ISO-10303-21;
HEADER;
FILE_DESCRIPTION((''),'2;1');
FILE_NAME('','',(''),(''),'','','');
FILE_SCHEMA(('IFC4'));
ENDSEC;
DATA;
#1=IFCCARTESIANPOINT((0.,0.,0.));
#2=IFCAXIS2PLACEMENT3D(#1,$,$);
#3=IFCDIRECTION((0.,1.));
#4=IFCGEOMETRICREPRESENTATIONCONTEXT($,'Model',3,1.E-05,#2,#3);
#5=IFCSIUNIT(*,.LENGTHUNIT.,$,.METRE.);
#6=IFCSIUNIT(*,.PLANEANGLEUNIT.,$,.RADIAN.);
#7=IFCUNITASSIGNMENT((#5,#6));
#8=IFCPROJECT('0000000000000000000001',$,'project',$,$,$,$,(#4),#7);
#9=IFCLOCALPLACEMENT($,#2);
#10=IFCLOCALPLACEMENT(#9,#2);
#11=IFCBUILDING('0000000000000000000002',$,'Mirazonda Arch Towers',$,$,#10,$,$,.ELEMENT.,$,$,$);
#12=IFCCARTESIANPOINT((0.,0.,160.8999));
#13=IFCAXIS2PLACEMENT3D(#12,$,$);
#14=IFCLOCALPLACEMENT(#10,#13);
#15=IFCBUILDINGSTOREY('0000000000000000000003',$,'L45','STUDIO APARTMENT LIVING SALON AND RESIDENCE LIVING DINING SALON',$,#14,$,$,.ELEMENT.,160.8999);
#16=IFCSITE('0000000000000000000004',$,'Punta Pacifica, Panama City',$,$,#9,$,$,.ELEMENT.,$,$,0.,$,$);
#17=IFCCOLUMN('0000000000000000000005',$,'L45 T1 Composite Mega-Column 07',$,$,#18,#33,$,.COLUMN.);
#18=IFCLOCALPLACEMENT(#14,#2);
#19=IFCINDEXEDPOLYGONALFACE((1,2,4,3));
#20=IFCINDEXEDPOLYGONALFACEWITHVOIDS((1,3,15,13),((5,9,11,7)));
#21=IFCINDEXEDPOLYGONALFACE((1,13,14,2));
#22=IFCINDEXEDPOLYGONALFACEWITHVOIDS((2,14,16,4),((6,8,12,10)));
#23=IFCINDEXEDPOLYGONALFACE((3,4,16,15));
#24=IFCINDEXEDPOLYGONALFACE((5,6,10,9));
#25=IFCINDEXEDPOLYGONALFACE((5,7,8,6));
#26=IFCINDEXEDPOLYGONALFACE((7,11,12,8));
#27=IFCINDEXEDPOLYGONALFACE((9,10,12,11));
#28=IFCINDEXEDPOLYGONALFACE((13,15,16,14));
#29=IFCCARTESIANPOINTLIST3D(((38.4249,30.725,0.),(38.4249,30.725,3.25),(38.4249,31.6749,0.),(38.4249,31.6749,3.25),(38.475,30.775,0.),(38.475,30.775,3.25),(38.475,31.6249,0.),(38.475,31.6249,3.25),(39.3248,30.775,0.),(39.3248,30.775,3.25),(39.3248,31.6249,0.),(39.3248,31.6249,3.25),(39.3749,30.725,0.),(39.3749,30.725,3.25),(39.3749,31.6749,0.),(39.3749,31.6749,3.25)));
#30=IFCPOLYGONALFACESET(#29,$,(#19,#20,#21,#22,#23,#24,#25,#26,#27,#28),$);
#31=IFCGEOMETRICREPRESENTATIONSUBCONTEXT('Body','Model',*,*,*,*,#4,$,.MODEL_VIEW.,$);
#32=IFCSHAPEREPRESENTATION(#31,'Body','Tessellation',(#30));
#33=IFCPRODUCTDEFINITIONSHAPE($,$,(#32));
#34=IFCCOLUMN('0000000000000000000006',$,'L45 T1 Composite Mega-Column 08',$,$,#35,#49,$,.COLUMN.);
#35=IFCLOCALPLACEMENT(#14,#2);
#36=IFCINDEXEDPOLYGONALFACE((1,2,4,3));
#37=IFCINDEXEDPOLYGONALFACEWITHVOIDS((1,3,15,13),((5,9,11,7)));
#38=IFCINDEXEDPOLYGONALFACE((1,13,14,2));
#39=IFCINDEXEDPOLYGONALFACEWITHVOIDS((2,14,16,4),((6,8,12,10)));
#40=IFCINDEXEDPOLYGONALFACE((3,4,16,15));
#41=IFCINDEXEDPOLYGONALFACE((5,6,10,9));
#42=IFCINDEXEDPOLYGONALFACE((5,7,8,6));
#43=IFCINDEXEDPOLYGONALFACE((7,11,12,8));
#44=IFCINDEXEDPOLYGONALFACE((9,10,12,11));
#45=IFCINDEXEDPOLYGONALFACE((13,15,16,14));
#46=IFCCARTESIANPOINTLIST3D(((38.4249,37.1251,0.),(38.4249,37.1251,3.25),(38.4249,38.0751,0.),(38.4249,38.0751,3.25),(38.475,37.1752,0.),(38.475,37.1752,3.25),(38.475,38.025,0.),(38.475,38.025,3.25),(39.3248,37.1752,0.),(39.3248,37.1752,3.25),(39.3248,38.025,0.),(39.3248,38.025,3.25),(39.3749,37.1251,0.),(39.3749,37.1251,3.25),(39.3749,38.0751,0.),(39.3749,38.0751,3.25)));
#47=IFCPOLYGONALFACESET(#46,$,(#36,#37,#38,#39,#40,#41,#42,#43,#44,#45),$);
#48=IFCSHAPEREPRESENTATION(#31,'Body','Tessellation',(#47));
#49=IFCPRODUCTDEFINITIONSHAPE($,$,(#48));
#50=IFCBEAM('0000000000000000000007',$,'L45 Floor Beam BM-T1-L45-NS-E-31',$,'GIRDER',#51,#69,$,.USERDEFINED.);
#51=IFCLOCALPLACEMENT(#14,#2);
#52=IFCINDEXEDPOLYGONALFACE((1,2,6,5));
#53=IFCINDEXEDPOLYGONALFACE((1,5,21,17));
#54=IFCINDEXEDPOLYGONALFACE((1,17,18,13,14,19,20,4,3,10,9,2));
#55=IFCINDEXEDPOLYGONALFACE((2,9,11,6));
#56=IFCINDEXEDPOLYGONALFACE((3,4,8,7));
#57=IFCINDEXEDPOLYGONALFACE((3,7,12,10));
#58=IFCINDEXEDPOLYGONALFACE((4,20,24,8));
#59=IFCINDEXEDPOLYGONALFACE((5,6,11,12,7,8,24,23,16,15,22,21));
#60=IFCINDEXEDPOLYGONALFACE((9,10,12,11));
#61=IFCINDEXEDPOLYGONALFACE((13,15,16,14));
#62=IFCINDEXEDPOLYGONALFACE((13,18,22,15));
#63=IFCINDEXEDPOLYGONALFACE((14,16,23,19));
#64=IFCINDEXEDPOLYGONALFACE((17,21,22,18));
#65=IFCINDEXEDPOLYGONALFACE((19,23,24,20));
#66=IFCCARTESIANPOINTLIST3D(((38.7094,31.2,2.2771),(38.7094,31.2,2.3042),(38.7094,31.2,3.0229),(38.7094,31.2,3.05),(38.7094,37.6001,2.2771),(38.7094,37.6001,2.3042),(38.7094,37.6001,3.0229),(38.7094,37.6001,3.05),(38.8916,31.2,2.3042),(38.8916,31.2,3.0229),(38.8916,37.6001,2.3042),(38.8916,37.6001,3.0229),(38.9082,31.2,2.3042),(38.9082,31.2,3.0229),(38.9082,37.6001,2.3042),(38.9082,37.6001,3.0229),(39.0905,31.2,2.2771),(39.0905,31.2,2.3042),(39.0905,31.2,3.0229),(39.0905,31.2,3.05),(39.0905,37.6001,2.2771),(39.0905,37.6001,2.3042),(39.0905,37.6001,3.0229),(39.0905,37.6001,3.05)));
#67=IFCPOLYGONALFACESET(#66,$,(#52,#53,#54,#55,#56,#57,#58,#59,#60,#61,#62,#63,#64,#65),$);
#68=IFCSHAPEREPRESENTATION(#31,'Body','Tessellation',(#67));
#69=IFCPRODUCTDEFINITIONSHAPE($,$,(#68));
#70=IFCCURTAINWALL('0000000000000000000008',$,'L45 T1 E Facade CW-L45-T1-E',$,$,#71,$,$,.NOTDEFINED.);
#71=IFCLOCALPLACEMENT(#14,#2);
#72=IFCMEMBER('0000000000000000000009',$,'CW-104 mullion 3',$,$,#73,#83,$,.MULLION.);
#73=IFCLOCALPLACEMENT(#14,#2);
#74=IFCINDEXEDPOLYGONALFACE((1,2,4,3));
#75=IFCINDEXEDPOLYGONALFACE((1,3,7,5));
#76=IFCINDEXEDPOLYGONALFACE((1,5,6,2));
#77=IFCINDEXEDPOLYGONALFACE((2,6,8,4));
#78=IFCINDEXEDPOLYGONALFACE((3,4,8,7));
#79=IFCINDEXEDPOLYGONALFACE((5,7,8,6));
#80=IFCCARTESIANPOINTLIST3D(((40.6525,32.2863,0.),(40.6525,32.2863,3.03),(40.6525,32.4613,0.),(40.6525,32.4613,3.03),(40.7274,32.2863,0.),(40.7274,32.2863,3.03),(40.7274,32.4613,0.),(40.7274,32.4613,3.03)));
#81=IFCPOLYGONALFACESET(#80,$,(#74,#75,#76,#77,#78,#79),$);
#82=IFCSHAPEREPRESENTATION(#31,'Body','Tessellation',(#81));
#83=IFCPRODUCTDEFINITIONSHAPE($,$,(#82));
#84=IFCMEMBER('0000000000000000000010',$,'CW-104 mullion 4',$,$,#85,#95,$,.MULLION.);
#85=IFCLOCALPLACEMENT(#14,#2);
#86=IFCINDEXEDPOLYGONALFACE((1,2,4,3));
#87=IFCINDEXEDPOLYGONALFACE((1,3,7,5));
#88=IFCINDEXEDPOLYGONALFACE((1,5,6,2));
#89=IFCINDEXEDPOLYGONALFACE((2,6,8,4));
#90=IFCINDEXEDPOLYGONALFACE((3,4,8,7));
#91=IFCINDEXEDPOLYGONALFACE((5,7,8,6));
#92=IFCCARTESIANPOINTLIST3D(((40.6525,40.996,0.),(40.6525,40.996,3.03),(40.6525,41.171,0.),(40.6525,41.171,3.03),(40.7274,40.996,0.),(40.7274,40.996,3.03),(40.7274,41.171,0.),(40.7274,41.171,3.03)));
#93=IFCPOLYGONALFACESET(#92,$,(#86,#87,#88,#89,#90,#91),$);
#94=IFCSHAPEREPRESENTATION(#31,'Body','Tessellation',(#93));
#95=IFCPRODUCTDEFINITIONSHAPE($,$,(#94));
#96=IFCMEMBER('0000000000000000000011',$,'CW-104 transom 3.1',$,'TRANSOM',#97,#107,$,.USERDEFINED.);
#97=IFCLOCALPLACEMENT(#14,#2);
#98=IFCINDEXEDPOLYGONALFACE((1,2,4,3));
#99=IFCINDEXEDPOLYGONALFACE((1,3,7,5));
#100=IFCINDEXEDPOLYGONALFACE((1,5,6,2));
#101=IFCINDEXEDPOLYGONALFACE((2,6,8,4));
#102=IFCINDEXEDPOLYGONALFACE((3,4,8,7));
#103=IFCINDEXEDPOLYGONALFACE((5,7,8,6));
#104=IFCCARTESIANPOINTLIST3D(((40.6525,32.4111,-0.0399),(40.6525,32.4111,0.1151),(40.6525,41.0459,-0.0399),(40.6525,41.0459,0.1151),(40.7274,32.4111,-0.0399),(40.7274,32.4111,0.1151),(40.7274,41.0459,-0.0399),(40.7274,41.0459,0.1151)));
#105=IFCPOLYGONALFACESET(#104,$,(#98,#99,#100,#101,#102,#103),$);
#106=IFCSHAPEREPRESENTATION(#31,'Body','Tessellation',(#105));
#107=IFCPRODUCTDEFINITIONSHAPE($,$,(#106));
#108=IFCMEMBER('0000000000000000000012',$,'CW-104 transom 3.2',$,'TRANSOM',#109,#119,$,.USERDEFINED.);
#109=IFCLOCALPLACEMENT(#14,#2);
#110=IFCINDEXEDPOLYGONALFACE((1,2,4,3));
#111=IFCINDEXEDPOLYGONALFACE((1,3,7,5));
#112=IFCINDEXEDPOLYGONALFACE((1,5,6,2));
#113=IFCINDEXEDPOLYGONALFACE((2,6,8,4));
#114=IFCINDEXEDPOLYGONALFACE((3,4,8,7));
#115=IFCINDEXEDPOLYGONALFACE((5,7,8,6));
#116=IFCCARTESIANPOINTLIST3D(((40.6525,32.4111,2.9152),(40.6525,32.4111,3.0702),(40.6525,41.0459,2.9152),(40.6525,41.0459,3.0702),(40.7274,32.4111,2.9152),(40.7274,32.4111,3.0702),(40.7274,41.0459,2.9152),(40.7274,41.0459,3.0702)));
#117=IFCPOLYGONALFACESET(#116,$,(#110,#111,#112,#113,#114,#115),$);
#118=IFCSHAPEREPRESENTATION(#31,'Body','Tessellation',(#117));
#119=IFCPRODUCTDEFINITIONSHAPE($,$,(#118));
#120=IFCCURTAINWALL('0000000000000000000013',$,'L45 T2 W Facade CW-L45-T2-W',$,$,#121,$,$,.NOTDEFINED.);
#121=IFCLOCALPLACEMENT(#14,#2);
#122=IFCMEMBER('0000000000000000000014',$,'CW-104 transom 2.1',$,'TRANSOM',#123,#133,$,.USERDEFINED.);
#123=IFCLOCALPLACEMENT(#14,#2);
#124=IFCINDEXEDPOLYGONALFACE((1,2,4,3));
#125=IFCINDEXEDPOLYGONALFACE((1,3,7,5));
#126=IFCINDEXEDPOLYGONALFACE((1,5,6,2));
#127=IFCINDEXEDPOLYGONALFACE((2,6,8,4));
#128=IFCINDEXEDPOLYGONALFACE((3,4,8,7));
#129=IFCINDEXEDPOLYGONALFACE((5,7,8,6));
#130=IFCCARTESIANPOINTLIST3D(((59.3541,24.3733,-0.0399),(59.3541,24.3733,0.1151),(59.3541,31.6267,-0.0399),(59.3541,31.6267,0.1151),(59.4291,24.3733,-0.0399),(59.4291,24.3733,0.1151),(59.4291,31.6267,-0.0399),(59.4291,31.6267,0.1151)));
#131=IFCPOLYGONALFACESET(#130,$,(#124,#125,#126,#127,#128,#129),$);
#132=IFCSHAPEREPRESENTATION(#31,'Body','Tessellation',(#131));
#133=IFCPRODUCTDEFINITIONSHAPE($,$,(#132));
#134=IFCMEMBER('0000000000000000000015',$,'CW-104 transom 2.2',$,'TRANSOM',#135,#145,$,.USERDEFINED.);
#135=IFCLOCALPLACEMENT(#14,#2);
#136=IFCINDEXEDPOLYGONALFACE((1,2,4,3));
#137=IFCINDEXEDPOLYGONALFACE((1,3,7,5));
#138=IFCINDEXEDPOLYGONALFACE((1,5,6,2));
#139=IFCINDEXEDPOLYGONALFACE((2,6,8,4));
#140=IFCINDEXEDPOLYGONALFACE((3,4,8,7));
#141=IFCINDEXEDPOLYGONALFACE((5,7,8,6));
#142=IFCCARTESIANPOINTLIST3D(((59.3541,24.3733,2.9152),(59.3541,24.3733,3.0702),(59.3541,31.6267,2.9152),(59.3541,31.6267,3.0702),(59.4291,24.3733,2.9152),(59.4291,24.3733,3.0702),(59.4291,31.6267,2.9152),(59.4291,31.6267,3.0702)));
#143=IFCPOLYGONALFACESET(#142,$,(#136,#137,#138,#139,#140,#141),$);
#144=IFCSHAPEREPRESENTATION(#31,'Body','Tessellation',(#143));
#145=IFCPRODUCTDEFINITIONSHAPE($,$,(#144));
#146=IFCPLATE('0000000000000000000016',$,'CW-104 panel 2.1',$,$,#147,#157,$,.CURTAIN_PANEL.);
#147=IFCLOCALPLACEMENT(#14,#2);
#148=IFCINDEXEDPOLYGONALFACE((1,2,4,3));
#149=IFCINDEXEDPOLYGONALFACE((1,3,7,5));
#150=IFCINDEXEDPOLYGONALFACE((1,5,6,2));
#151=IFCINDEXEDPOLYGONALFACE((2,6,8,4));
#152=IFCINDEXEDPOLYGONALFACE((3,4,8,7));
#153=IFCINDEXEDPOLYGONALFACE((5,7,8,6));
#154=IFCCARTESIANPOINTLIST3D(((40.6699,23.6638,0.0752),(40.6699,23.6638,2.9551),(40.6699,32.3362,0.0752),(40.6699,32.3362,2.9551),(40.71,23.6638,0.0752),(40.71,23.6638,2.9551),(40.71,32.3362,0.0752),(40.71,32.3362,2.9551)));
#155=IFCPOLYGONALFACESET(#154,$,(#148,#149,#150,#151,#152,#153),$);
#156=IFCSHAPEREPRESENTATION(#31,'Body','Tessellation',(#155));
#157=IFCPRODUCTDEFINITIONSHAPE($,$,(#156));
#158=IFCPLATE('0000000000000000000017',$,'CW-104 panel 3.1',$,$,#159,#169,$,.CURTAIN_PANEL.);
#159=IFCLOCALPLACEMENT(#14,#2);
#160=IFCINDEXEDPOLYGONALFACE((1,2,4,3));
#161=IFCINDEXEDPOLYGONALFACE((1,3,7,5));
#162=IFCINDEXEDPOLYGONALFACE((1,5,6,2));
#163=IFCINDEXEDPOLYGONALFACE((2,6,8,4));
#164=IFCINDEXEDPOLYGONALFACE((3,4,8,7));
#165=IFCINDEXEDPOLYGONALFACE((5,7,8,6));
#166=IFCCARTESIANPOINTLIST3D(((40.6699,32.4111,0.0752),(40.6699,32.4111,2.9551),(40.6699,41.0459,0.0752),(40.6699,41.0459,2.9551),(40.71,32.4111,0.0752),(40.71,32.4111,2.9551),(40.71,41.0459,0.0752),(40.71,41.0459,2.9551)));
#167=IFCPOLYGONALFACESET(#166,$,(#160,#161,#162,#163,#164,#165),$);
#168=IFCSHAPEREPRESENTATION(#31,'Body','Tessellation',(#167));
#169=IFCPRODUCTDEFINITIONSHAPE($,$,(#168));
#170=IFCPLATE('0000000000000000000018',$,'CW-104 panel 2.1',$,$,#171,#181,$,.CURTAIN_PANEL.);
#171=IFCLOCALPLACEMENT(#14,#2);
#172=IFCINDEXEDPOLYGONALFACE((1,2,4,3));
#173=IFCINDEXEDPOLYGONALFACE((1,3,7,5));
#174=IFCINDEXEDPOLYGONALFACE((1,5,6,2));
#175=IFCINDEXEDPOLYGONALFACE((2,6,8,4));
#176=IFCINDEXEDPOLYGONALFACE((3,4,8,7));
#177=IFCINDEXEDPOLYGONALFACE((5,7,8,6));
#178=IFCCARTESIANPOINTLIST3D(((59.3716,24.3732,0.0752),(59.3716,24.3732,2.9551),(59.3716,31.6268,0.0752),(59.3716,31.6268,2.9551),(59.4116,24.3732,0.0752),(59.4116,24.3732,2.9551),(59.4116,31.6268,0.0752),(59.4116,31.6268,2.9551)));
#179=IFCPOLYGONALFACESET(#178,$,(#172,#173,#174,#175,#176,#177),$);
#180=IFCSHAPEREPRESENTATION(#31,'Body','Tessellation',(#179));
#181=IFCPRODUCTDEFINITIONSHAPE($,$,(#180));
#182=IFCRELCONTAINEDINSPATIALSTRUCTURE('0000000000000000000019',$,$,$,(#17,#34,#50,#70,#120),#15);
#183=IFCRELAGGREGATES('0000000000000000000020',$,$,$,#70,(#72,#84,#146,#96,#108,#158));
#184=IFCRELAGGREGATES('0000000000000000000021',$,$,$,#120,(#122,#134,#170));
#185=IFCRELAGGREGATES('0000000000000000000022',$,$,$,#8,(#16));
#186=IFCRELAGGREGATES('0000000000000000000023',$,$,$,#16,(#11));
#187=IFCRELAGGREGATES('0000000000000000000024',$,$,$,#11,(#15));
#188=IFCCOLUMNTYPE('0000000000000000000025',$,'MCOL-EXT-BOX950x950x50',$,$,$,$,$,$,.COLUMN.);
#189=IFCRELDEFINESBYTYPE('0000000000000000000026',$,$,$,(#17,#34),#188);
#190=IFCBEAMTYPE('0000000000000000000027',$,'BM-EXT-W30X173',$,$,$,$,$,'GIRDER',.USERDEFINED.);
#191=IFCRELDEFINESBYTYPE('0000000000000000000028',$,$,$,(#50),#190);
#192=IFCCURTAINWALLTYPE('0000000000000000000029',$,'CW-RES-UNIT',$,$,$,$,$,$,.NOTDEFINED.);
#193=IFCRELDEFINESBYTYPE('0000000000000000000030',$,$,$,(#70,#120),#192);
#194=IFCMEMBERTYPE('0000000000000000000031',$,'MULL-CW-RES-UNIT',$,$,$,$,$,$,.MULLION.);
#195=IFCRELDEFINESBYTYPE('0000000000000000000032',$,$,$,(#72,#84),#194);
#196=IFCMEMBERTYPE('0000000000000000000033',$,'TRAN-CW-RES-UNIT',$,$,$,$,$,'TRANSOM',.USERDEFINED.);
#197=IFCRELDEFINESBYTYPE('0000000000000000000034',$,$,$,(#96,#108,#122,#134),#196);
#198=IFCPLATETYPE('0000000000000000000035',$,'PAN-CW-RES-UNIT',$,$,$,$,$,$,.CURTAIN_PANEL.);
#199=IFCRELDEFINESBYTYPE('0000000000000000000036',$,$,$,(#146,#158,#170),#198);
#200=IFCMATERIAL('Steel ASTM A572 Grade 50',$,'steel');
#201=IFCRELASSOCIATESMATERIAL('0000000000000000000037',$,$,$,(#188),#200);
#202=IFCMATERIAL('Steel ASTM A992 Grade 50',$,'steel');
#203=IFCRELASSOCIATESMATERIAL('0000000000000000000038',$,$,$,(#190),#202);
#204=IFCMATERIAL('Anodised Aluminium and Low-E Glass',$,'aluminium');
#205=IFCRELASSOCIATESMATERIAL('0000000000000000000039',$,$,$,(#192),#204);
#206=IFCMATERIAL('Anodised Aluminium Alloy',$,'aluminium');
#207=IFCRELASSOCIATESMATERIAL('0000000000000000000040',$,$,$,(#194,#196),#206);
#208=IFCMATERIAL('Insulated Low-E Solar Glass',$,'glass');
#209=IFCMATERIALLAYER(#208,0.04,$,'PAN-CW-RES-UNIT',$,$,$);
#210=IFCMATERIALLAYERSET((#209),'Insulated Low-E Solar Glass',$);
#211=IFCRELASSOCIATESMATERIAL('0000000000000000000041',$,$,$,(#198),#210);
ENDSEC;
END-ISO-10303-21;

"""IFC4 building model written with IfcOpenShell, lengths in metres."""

from ifc_helpers import new_model, si_unit, direction, frame, origin, origin_2d, place, context, subcontext, project, spatial, rectangle, hollow_rectangle, i_section, extrude, material, layer, layer_set, material_profile, profile_set, type_object, element, aggregate, save


model = new_model("IFC4")

# Units and contexts
model_context = context("Model", 3, precision=1e-05, world=origin(), true_north=direction((0.0, 1.0)))
body_context = subcontext(model_context, "Body", "Model", "MODEL_VIEW")
ifc_project = project(units=[si_unit("LENGTHUNIT", "METRE"), si_unit("PLANEANGLEUNIT", "RADIAN")], contexts=[model_context])

# Site, building, storey
site_placement = place(None, origin())
site = spatial("IfcSite", under=ifc_project, at=site_placement, Name="Punta Pacifica, Panama City", CompositionType="ELEMENT", RefElevation=0.0)
building_placement = place(site_placement, origin())
building = spatial("IfcBuilding", under=site, at=building_placement, Name="Mirazonda Arch Towers", CompositionType="ELEMENT")
storey_placement = place(building_placement, frame((0.0, 0.0, 160.8999)))
storey = spatial("IfcBuildingStorey", under=building, at=storey_placement, Name="L45", Description="STUDIO APARTMENT LIVING SALON AND RESIDENCE LIVING DINING SALON", CompositionType="ELEMENT", Elevation=160.8999)

# Columns
ifc_material_1 = material(Name="Steel ASTM A572 Grade 50", Category="steel")
ifc_material_profile_1 = material_profile(ifc_material_1, hollow_rectangle(XDim=0.95, YDim=0.95, WallThickness=0.05, at=origin_2d()), Name="BOX950x950x50")
ifc_profile_set_1 = profile_set([ifc_material_profile_1], Name="Steel ASTM A572 Grade 50")
column_type = type_object("IfcColumnType", Name="MCOL-EXT-BOX950x950x50", PredefinedType="COLUMN", material=ifc_profile_set_1)
for number, where, z_axis, x_axis, name in (
    (1, (38.8999, 31.2, 0.0), (0.0, 0.0, 1.0), (1.0, 0.0, 0.0), "L45 T1 Composite Mega-Column 07"),
    (2, (38.8999, 37.6001, 0.0), (0.0, 0.0, 1.0), (1.0, 0.0, 0.0), "L45 T1 Composite Mega-Column 08"),
):
    element("IfcColumn", number, at=place(storey_placement, frame(where, z_axis=z_axis, x_axis=x_axis)), inside=storey, type_object=column_type, Name=name, PredefinedType="COLUMN", context=body_context, shape_type="SweptSolid", body=[
        extrude(hollow_rectangle(XDim=0.95, YDim=0.95, WallThickness=0.05, at=origin_2d()), origin(), (0.0, 0.0, 1.0), 3.25),
    ])

# Beam
ifc_material_2 = material(Name="Steel ASTM A992 Grade 50", Category="steel")
ifc_material_profile_2 = material_profile(ifc_material_2, i_section(OverallWidth=0.3811, OverallDepth=0.7729, WebThickness=0.0166, FlangeThickness=0.0271, at=origin_2d()), Name="W30X173")
ifc_profile_set_2 = profile_set([ifc_material_profile_2], Name="Steel ASTM A992 Grade 50")
beam_type = type_object("IfcBeamType", Name="BM-EXT-W30X173", ElementType="GIRDER", PredefinedType="USERDEFINED", material=ifc_profile_set_2)
beam_placement = place(storey_placement, frame((38.8999, 31.2, 2.6636), z_axis=(0.0, 1.0, 0.0), x_axis=(-1.0, 0.0, 0.0)))
element("IfcBeam", 3, at=beam_placement, inside=storey, type_object=beam_type, Name="L45 Floor Beam BM-T1-L45-NS-E-31", ObjectType="GIRDER", PredefinedType="USERDEFINED", context=body_context, shape_type="SweptSolid", body=[
    extrude(i_section(OverallWidth=0.3811, OverallDepth=0.7729, WebThickness=0.0166, FlangeThickness=0.0271, at=origin_2d()), origin(), (0.0, 0.0, 1.0), 6.4001),
])

# Curtain walls, members
ifc_material_3 = material(Name="Anodised Aluminium and Low-E Glass", Category="aluminium")
curtain_wall_type = type_object("IfcCurtainWallType", Name="CW-RES-UNIT", PredefinedType="NOTDEFINED", material=ifc_material_3)
curtain_wall_1_placement = place(storey_placement, origin())
curtain_wall_1 = element("IfcCurtainWall", 4, at=curtain_wall_1_placement, inside=storey, type_object=curtain_wall_type, Name="L45 T1 E Facade CW-L45-T1-E", PredefinedType="NOTDEFINED")
ifc_material_4 = material(Name="Anodised Aluminium Alloy", Category="aluminium")
ifc_material_profile_3 = material_profile(ifc_material_4, rectangle(XDim=0.075, YDim=0.175, at=origin_2d()), Name="ALU-MULL-75x175")
ifc_profile_set_3 = profile_set([ifc_material_profile_3], Name="Anodised Aluminium Alloy")
member_type_1 = type_object("IfcMemberType", Name="MULL-CW-RES-UNIT", PredefinedType="MULLION", material=ifc_profile_set_3)
member_1_placement = place(storey_placement, frame((40.6899, 32.3738, 0.0), z_axis=(0.0, 0.0, 1.0), x_axis=(-1.0, 0.0, 0.0)))
member_1 = element("IfcMember", 5, at=member_1_placement, type_object=member_type_1, Name="CW-104 mullion 3", PredefinedType="MULLION", context=body_context, shape_type="SweptSolid", body=[
    extrude(rectangle(XDim=0.075, YDim=0.175, at=origin_2d()), origin(), (0.0, 0.0, 1.0), 3.03),
])
member_2_placement = place(storey_placement, frame((40.6899, 41.0835, 0.0), z_axis=(0.0, 0.0, 1.0), x_axis=(-1.0, 0.0, 0.0)))
member_2 = element("IfcMember", 6, at=member_2_placement, type_object=member_type_1, Name="CW-104 mullion 4", PredefinedType="MULLION", context=body_context, shape_type="SweptSolid", body=[
    extrude(rectangle(XDim=0.075, YDim=0.175, at=origin_2d()), origin(), (0.0, 0.0, 1.0), 3.03),
])
ifc_material_profile_4 = material_profile(ifc_material_4, rectangle(XDim=0.075, YDim=0.155, at=origin_2d()), Name="ALU-TRAN-75x155")
ifc_profile_set_4 = profile_set([ifc_material_profile_4], Name="Anodised Aluminium Alloy")
member_type_2 = type_object("IfcMemberType", Name="TRAN-CW-RES-UNIT", ElementType="TRANSOM", PredefinedType="USERDEFINED", material=ifc_profile_set_4)
member_3_placement = place(storey_placement, frame((40.6899, 32.4111, 0.0376), z_axis=(0.0, 1.0, 0.0), x_axis=(-1.0, 0.0, 0.0)))
member_3 = element("IfcMember", 7, at=member_3_placement, type_object=member_type_2, Name="CW-104 transom 3.1", ObjectType="TRANSOM", PredefinedType="USERDEFINED", context=body_context, shape_type="SweptSolid", body=[
    extrude(rectangle(XDim=0.075, YDim=0.155, at=origin_2d()), origin(), (0.0, 0.0, 1.0), 8.6348),
])
member_4_placement = place(storey_placement, frame((40.6899, 32.4111, 2.9927), z_axis=(0.0, 1.0, 0.0), x_axis=(-1.0, 0.0, 0.0)))
member_4 = element("IfcMember", 8, at=member_4_placement, type_object=member_type_2, Name="CW-104 transom 3.2", ObjectType="TRANSOM", PredefinedType="USERDEFINED", context=body_context, shape_type="SweptSolid", body=[
    extrude(rectangle(XDim=0.075, YDim=0.155, at=origin_2d()), origin(), (0.0, 0.0, 1.0), 8.6348),
])
curtain_wall_2_placement = place(storey_placement, origin())
curtain_wall_2 = element("IfcCurtainWall", 9, at=curtain_wall_2_placement, inside=storey, type_object=curtain_wall_type, Name="L45 T2 W Facade CW-L45-T2-W", PredefinedType="NOTDEFINED")
member_5_placement = place(storey_placement, frame((59.3916, 31.6267, 0.0376), z_axis=(0.0, -1.0, 0.0), x_axis=(1.0, 0.0, 0.0)))
member_5 = element("IfcMember", 10, at=member_5_placement, type_object=member_type_2, Name="CW-104 transom 2.1", ObjectType="TRANSOM", PredefinedType="USERDEFINED", context=body_context, shape_type="SweptSolid", body=[
    extrude(rectangle(XDim=0.075, YDim=0.155, at=origin_2d()), origin(), (0.0, 0.0, 1.0), 7.2534),
])
member_6_placement = place(storey_placement, frame((59.3916, 31.6267, 2.9927), z_axis=(0.0, -1.0, 0.0), x_axis=(1.0, 0.0, 0.0)))
member_6 = element("IfcMember", 11, at=member_6_placement, type_object=member_type_2, Name="CW-104 transom 2.2", ObjectType="TRANSOM", PredefinedType="USERDEFINED", context=body_context, shape_type="SweptSolid", body=[
    extrude(rectangle(XDim=0.075, YDim=0.155, at=origin_2d()), origin(), (0.0, 0.0, 1.0), 7.2534),
])

# Plates
ifc_material_5 = material(Name="Insulated Low-E Solar Glass", Category="glass")
ifc_layer_1 = layer(ifc_material_5, 0.04, Name="PAN-CW-RES-UNIT")
ifc_layer_set_1 = layer_set([ifc_layer_1], Name="Insulated Low-E Solar Glass")
plate_type = type_object("IfcPlateType", Name="PAN-CW-RES-UNIT", PredefinedType="CURTAIN_PANEL", material=ifc_layer_set_1)
plate_1_placement = place(storey_placement, frame((40.6899, 28.0, 0.0752), z_axis=(0.0, 0.0, 1.0), x_axis=(0.0, 1.0, 0.0)))
plate_1 = element("IfcPlate", 12, at=plate_1_placement, type_object=plate_type, Name="CW-104 panel 2.1", PredefinedType="CURTAIN_PANEL", context=body_context, shape_type="SweptSolid", body=[
    extrude(rectangle(XDim=8.6724, YDim=0.04, at=origin_2d()), origin(), (0.0, 0.0, 1.0), 2.8799),
])
plate_2_placement = place(storey_placement, frame((40.6899, 36.7285, 0.0752), z_axis=(0.0, 0.0, 1.0), x_axis=(0.0, 1.0, 0.0)))
plate_2 = element("IfcPlate", 13, at=plate_2_placement, type_object=plate_type, Name="CW-104 panel 3.1", PredefinedType="CURTAIN_PANEL", context=body_context, shape_type="SweptSolid", body=[
    extrude(rectangle(XDim=8.6348, YDim=0.04, at=origin_2d()), origin(), (0.0, 0.0, 1.0), 2.8799),
])
aggregate(curtain_wall_1, [member_1, member_2, plate_1, member_3, member_4, plate_2])
plate_3_placement = place(storey_placement, frame((59.3916, 28.0, 0.0752), z_axis=(0.0, 0.0, 1.0), x_axis=(0.0, -1.0, 0.0)))
plate_3 = element("IfcPlate", 14, at=plate_3_placement, type_object=plate_type, Name="CW-104 panel 2.1", PredefinedType="CURTAIN_PANEL", context=body_context, shape_type="SweptSolid", body=[
    extrude(rectangle(XDim=7.2537, YDim=0.04, at=origin_2d()), origin(), (0.0, 0.0, 1.0), 2.8799),
])
aggregate(curtain_wall_2, [member_5, member_6, plate_3])

save(model, "model.ifc")
